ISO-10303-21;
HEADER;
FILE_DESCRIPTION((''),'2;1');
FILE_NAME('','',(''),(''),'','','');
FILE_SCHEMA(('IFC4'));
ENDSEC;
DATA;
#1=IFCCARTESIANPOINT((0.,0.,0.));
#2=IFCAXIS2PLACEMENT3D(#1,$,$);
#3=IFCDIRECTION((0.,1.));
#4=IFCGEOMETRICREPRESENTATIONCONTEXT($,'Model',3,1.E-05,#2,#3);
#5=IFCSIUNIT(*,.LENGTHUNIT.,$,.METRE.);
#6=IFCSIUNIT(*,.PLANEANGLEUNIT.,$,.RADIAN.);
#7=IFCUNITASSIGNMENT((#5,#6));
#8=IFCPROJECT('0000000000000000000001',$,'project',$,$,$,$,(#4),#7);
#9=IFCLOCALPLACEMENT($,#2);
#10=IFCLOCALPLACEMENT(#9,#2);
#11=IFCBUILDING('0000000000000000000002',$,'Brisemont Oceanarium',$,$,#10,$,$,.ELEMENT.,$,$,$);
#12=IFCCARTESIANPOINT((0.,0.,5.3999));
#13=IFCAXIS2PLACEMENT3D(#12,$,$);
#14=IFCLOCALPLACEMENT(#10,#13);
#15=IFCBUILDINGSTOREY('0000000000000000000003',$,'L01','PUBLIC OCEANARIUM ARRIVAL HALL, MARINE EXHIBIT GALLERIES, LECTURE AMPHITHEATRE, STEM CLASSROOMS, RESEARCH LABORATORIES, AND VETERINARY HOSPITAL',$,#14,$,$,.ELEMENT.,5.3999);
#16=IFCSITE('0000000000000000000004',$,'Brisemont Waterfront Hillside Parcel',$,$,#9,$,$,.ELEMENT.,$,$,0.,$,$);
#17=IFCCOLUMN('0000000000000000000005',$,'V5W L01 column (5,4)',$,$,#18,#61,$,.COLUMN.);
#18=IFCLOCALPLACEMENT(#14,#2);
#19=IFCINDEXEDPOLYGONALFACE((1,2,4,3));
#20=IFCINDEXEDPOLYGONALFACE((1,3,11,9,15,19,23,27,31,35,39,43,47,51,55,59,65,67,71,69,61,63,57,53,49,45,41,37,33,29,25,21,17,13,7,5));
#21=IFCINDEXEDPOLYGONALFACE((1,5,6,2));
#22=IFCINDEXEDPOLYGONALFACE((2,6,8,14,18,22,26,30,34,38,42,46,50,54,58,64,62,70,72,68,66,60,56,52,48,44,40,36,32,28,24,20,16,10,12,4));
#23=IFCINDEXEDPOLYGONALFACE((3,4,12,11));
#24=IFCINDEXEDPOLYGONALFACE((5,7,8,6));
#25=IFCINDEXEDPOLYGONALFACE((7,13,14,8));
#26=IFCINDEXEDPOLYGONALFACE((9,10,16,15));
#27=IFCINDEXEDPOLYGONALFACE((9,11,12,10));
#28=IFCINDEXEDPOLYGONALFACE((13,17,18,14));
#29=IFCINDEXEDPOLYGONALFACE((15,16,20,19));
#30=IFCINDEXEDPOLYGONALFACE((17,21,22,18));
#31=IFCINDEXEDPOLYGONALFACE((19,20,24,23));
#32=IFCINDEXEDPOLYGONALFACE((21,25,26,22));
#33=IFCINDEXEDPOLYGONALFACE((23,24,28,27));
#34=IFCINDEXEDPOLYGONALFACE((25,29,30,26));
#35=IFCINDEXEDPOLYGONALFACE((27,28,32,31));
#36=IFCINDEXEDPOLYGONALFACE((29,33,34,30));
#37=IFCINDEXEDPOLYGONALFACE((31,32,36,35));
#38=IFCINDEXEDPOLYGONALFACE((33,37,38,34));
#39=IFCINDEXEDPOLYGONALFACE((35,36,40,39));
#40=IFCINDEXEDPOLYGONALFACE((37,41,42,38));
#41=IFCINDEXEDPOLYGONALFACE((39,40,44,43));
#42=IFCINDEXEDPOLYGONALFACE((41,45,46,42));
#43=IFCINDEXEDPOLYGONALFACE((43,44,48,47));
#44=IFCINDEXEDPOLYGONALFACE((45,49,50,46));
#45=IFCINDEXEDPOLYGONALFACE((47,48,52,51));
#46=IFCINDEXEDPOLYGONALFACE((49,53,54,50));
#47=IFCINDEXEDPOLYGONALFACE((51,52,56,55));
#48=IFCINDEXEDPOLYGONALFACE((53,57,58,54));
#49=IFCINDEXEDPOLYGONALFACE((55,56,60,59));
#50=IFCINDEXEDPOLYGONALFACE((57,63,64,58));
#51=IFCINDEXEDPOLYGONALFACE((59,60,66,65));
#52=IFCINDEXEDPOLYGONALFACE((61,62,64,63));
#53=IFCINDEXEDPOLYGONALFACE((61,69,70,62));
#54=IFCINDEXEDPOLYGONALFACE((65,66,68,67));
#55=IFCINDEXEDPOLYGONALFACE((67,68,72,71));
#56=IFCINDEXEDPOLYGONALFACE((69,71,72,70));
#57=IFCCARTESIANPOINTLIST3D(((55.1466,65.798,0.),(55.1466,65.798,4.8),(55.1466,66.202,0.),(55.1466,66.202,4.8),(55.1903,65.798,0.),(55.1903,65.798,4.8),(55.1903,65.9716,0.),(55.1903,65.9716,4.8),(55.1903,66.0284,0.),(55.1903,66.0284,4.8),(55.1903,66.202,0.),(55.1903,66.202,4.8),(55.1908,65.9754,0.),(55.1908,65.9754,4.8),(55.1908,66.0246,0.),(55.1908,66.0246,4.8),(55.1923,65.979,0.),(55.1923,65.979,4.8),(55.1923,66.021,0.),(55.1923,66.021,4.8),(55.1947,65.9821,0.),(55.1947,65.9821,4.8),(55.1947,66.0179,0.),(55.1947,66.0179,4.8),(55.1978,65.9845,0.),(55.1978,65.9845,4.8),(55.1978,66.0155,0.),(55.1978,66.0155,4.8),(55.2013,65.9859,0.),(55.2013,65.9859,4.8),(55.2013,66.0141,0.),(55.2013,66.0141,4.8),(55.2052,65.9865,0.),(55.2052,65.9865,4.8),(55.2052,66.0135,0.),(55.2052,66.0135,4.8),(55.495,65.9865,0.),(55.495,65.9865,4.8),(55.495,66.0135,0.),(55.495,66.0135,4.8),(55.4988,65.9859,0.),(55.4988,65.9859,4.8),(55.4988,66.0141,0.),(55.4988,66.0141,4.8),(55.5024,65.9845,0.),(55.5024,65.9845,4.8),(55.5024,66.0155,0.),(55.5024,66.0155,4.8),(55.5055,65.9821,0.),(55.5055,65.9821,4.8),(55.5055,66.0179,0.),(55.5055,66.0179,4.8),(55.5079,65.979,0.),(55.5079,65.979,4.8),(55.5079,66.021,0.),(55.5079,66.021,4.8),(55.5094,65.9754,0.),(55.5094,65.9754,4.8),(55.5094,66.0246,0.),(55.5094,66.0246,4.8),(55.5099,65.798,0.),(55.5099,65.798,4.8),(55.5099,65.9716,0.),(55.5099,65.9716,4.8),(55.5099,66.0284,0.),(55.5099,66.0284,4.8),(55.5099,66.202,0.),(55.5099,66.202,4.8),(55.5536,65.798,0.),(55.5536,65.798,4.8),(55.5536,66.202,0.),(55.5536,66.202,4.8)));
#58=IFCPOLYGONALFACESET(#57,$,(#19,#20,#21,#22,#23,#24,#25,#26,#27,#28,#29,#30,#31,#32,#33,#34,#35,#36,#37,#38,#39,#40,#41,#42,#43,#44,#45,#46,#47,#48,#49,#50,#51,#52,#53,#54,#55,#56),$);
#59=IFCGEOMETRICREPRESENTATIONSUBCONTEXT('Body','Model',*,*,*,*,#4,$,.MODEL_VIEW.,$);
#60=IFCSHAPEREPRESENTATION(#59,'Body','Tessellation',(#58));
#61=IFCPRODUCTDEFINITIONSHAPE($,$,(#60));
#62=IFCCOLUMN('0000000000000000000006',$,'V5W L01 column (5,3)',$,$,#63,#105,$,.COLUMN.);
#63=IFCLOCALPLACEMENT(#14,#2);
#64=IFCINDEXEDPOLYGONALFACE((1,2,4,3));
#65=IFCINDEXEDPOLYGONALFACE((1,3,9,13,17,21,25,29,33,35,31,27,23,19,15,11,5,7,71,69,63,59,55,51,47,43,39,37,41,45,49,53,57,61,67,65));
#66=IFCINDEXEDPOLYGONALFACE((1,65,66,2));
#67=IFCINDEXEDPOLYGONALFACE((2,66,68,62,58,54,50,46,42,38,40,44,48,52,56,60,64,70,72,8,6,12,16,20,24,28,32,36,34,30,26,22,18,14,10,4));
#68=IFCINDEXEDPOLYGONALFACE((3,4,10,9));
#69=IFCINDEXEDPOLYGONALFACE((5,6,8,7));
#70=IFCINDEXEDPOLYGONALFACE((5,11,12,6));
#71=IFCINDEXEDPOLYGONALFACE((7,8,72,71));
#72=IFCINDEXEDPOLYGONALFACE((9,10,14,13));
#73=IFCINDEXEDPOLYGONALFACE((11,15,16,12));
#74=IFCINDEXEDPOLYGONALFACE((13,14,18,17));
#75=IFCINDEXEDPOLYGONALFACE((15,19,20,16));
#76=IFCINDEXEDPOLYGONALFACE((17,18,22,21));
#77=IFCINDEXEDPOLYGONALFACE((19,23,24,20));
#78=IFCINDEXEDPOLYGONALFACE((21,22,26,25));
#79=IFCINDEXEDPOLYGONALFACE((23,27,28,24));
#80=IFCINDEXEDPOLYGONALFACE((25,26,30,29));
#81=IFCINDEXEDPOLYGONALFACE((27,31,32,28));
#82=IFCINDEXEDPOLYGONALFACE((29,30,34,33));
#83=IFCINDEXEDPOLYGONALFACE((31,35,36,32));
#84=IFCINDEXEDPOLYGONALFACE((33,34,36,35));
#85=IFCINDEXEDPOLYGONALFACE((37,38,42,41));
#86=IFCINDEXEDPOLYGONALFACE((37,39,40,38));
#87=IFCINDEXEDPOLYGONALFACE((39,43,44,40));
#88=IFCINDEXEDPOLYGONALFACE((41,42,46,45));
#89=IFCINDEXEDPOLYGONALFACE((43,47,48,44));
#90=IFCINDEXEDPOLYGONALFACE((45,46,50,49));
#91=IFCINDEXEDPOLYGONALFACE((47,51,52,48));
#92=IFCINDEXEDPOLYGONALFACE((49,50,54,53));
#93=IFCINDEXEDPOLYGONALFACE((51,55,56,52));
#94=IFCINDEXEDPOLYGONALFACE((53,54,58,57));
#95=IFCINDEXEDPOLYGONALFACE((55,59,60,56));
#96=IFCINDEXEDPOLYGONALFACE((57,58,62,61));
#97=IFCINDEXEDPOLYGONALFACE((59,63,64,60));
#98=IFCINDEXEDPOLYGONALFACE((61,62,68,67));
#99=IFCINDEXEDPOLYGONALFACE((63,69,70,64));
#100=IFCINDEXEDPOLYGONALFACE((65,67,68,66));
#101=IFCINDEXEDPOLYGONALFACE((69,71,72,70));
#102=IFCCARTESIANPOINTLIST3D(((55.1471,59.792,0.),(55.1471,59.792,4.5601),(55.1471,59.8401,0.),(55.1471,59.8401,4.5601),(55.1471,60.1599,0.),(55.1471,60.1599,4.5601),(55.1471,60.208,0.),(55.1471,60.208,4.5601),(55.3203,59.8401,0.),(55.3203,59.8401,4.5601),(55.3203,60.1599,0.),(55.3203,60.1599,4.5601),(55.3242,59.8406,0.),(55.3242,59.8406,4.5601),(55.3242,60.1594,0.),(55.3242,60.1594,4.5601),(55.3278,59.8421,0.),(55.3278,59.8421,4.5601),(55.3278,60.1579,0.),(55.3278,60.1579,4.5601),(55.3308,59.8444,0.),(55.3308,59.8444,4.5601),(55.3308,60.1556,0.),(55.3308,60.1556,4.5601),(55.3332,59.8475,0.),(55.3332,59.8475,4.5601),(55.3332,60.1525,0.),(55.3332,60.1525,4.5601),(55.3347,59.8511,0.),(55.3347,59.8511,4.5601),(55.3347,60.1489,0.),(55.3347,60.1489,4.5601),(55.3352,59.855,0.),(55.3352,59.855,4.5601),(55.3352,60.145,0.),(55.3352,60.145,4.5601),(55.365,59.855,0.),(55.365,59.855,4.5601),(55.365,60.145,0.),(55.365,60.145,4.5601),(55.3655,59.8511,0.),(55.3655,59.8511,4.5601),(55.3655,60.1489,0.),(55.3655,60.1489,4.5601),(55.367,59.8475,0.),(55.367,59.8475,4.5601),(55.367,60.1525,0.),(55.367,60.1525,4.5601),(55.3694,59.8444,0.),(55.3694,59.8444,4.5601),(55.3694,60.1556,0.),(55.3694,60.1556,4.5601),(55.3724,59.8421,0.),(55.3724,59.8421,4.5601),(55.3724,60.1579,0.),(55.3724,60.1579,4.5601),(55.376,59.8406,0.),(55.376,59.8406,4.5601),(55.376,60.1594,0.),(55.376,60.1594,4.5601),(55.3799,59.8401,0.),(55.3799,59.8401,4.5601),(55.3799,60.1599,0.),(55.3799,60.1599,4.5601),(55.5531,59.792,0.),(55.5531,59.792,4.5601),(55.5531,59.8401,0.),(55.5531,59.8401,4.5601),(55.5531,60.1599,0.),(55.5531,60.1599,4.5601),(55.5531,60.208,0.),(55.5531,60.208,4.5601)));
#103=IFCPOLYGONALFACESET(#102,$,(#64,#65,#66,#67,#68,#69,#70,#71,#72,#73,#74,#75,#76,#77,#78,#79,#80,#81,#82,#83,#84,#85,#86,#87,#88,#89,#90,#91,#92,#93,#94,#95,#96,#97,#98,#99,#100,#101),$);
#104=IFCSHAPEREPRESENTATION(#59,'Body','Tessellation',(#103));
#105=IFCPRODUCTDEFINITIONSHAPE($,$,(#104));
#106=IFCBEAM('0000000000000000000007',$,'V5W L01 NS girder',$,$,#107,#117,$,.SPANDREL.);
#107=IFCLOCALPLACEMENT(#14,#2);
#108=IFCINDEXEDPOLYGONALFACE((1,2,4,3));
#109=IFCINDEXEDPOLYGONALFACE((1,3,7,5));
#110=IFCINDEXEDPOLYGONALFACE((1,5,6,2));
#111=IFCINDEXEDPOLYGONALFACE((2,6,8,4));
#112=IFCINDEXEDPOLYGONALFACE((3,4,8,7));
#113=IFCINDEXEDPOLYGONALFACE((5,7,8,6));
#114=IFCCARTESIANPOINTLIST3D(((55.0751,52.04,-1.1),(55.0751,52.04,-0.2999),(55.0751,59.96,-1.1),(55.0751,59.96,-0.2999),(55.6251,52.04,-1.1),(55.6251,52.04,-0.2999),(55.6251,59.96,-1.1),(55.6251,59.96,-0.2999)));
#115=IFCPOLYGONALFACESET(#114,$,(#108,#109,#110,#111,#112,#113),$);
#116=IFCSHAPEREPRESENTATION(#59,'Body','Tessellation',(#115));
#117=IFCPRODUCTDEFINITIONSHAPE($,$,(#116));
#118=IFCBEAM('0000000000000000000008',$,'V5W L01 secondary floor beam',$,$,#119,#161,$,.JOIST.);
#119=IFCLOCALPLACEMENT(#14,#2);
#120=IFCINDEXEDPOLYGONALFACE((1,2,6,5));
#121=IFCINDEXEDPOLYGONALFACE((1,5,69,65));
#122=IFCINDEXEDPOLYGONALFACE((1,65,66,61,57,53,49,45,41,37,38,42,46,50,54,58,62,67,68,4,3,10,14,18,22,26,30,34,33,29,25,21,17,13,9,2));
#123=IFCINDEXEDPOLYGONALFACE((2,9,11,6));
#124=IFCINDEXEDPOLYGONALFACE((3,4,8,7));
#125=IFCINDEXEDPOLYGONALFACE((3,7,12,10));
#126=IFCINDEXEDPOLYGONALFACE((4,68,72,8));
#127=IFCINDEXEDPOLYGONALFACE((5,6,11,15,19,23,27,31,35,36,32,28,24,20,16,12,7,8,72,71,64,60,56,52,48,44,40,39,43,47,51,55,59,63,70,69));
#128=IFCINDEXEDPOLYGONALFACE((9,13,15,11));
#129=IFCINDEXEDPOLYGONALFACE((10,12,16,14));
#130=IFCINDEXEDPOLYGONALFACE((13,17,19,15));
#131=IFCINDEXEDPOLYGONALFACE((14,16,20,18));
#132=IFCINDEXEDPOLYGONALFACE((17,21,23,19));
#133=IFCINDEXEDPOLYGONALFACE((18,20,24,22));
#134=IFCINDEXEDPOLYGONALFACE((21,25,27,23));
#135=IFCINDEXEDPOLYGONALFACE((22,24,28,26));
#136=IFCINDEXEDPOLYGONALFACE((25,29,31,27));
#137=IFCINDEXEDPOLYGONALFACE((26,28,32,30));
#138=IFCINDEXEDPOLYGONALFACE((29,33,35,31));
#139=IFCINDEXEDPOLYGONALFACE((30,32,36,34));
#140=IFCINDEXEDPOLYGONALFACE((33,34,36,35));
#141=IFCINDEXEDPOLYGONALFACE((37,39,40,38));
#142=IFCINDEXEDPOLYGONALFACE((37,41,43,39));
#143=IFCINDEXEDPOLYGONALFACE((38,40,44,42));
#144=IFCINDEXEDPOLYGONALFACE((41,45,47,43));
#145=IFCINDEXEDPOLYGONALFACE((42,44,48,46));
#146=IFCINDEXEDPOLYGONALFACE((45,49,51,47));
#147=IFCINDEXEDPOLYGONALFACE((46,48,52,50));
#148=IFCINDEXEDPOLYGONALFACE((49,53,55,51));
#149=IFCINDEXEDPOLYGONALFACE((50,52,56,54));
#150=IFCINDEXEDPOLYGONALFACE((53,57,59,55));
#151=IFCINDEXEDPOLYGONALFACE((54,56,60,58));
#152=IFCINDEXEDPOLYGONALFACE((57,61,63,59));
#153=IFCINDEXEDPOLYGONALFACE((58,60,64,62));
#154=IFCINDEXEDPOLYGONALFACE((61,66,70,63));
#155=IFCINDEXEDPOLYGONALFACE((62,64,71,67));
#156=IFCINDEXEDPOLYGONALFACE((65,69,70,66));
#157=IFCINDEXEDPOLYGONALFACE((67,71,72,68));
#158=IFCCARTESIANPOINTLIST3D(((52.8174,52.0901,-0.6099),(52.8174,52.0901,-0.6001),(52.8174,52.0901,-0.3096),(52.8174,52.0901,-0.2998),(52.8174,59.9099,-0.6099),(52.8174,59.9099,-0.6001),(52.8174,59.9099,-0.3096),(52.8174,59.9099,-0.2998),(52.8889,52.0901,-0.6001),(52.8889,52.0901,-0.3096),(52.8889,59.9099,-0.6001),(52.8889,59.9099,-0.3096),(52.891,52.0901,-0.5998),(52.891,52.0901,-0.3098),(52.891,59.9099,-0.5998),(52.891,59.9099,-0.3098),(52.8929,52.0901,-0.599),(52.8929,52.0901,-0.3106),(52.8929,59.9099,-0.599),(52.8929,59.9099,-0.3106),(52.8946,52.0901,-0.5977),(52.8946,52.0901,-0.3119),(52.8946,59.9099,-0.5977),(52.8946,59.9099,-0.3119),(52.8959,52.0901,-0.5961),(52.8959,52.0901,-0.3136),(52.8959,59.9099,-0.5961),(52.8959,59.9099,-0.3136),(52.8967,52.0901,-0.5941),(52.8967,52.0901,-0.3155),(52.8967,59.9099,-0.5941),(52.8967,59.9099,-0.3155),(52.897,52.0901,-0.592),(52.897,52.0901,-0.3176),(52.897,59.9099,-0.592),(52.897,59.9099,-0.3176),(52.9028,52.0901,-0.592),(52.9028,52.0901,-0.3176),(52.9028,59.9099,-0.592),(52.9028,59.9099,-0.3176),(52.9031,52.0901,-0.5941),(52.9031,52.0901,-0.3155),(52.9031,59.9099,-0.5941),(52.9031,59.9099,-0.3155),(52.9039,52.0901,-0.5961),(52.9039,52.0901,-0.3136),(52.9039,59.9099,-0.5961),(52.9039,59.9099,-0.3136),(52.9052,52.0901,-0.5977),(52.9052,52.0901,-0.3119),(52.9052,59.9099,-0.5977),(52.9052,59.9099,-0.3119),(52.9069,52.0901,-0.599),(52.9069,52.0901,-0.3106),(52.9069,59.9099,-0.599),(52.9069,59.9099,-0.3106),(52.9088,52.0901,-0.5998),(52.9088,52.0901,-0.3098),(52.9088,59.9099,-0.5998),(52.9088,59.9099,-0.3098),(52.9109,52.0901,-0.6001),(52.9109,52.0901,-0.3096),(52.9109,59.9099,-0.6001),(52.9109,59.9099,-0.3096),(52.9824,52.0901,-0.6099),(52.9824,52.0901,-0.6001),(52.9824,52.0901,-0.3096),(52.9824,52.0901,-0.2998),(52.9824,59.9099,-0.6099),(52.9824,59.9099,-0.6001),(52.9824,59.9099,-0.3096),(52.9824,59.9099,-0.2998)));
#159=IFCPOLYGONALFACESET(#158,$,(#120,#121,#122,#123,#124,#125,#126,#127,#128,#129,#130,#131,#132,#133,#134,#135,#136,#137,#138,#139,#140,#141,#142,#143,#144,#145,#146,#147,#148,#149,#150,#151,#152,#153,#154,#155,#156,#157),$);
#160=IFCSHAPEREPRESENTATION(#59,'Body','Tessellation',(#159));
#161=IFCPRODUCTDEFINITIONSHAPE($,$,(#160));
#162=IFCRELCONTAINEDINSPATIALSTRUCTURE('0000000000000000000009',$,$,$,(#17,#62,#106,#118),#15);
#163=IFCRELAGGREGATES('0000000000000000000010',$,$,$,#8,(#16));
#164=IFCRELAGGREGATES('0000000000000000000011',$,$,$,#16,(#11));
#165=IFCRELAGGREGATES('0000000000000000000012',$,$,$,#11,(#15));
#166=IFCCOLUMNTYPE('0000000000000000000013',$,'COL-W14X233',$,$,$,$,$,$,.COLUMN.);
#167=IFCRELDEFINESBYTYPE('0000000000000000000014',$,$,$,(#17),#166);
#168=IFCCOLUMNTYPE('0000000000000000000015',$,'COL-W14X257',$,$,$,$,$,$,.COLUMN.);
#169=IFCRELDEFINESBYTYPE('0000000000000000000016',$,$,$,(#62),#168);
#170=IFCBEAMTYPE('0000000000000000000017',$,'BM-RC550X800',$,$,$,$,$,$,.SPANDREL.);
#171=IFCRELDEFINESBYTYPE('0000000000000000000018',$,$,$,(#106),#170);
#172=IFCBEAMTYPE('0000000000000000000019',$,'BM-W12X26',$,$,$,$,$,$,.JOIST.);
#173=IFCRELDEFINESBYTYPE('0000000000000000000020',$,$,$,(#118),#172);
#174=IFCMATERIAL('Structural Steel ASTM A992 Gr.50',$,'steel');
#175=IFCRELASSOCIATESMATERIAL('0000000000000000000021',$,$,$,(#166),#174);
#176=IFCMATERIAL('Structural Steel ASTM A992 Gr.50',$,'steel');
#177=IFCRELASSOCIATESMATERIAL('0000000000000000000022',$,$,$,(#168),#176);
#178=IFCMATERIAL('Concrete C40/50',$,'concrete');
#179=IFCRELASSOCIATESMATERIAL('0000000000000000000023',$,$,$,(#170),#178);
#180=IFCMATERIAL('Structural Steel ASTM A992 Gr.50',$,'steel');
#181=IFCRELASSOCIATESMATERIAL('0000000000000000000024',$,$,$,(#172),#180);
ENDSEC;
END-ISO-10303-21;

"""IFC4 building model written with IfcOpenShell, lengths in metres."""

from ifc_helpers import new_model, si_unit, direction, frame, origin, origin_2d, place, context, subcontext, project, spatial, rectangle, i_section, extrude, material, material_profile, profile_set, type_object, element, save


model = new_model("IFC4")

# Units and contexts
model_context = context("Model", 3, precision=1e-05, world=origin(), true_north=direction((0.0, 1.0)))
body_context = subcontext(model_context, "Body", "Model", "MODEL_VIEW")
ifc_project = project(units=[si_unit("LENGTHUNIT", "METRE"), si_unit("PLANEANGLEUNIT", "RADIAN")], contexts=[model_context])

# Site, building, storey
site_placement = place(None, origin())
site = spatial("IfcSite", under=ifc_project, at=site_placement, Name="Brisemont Waterfront Hillside Parcel", CompositionType="ELEMENT", RefElevation=0.0)
building_placement = place(site_placement, origin())
building = spatial("IfcBuilding", under=site, at=building_placement, Name="Brisemont Oceanarium", CompositionType="ELEMENT")
storey_placement = place(building_placement, frame((0.0, 0.0, 5.3999)))
storey = spatial("IfcBuildingStorey", under=building, at=storey_placement, Name="L01", Description="PUBLIC OCEANARIUM ARRIVAL HALL, MARINE EXHIBIT GALLERIES, LECTURE AMPHITHEATRE, STEM CLASSROOMS, RESEARCH LABORATORIES, AND VETERINARY HOSPITAL", CompositionType="ELEMENT", Elevation=5.3999)

# Columns
ifc_material_1 = material(Name="Structural Steel ASTM A992 Gr.50", Category="steel")
ifc_material_profile_1 = material_profile(ifc_material_1, i_section(OverallWidth=0.4041, OverallDepth=0.407, WebThickness=0.0271, FlangeThickness=0.0437, FilletRadius=0.0149, at=origin_2d()), Name="W14X233")
ifc_profile_set_1 = profile_set([ifc_material_profile_1], Name="Structural Steel ASTM A992 Gr.50")
column_type_1 = type_object("IfcColumnType", Name="COL-W14X233", PredefinedType="COLUMN", material=ifc_profile_set_1)
column_1_placement = place(storey_placement, frame((55.3501, 66.0, 0.0), z_axis=(0.0, 0.0, 1.0), x_axis=(0.0, 1.0, 0.0)))
element("IfcColumn", 1, at=column_1_placement, inside=storey, type_object=column_type_1, Name="V5W L01 column (5,4)", PredefinedType="COLUMN", context=body_context, shape_type="SweptSolid", body=[
    extrude(i_section(OverallWidth=0.4041, OverallDepth=0.407, WebThickness=0.0271, FlangeThickness=0.0437, FilletRadius=0.0149, at=origin_2d()), origin(), (0.0, 0.0, 1.0), 4.8),
])
ifc_material_2 = material(Name="Structural Steel ASTM A992 Gr.50", Category="steel")
ifc_material_profile_2 = material_profile(ifc_material_2, i_section(OverallWidth=0.406, OverallDepth=0.416, WebThickness=0.0298, FlangeThickness=0.0481, FilletRadius=0.0149, at=origin_2d()), Name="W14X257")
ifc_profile_set_2 = profile_set([ifc_material_profile_2], Name="Structural Steel ASTM A992 Gr.50")
column_type_2 = type_object("IfcColumnType", Name="COL-W14X257", PredefinedType="COLUMN", material=ifc_profile_set_2)
column_2_placement = place(storey_placement, frame((55.3501, 60.0, 0.0), z_axis=(0.0, 0.0, 1.0), x_axis=(1.0, 0.0, 0.0)))
element("IfcColumn", 2, at=column_2_placement, inside=storey, type_object=column_type_2, Name="V5W L01 column (5,3)", PredefinedType="COLUMN", context=body_context, shape_type="SweptSolid", body=[
    extrude(i_section(OverallWidth=0.406, OverallDepth=0.416, WebThickness=0.0298, FlangeThickness=0.0481, FilletRadius=0.0149, at=origin_2d()), origin(), (0.0, 0.0, 1.0), 4.5601),
])

# Beams
ifc_material_3 = material(Name="Concrete C40/50", Category="concrete")
ifc_material_profile_3 = material_profile(ifc_material_3, rectangle(XDim=0.55, YDim=0.8, at=origin_2d()), Name="RC-BM-550X800")
ifc_profile_set_3 = profile_set([ifc_material_profile_3], Name="Concrete C40/50")
beam_type_1 = type_object("IfcBeamType", Name="BM-RC550X800", PredefinedType="SPANDREL", material=ifc_profile_set_3)
beam_1_placement = place(storey_placement, frame((55.3501, 52.04, -0.7), z_axis=(0.0, 1.0, 0.0), x_axis=(-1.0, 0.0, 0.0)))
element("IfcBeam", 3, at=beam_1_placement, inside=storey, type_object=beam_type_1, Name="V5W L01 NS girder", PredefinedType="SPANDREL", context=body_context, shape_type="SweptSolid", body=[
    extrude(rectangle(XDim=0.55, YDim=0.8, at=origin_2d()), origin(), (0.0, 0.0, 1.0), 7.9199),
])
ifc_material_4 = material(Name="Structural Steel ASTM A992 Gr.50", Category="steel")
ifc_material_profile_4 = material_profile(ifc_material_4, i_section(OverallWidth=0.165, OverallDepth=0.3101, WebThickness=0.0059, FlangeThickness=0.0098, FilletRadius=0.0081, at=origin_2d()), Name="W12X26")
ifc_profile_set_4 = profile_set([ifc_material_profile_4], Name="Structural Steel ASTM A992 Gr.50")
beam_type_2 = type_object("IfcBeamType", Name="BM-W12X26", PredefinedType="JOIST", material=ifc_profile_set_4)
beam_2_placement = place(storey_placement, frame((52.8999, 52.0901, -0.4548), z_axis=(0.0, 1.0, 0.0), x_axis=(-1.0, 0.0, 0.0)))
element("IfcBeam", 4, at=beam_2_placement, inside=storey, type_object=beam_type_2, Name="V5W L01 secondary floor beam", PredefinedType="JOIST", context=body_context, shape_type="SweptSolid", body=[
    extrude(i_section(OverallWidth=0.165, OverallDepth=0.3101, WebThickness=0.0059, FlangeThickness=0.0098, FilletRadius=0.0081, at=origin_2d()), origin(), (0.0, 0.0, 1.0), 7.8198),
])

save(model, "model.ifc")
